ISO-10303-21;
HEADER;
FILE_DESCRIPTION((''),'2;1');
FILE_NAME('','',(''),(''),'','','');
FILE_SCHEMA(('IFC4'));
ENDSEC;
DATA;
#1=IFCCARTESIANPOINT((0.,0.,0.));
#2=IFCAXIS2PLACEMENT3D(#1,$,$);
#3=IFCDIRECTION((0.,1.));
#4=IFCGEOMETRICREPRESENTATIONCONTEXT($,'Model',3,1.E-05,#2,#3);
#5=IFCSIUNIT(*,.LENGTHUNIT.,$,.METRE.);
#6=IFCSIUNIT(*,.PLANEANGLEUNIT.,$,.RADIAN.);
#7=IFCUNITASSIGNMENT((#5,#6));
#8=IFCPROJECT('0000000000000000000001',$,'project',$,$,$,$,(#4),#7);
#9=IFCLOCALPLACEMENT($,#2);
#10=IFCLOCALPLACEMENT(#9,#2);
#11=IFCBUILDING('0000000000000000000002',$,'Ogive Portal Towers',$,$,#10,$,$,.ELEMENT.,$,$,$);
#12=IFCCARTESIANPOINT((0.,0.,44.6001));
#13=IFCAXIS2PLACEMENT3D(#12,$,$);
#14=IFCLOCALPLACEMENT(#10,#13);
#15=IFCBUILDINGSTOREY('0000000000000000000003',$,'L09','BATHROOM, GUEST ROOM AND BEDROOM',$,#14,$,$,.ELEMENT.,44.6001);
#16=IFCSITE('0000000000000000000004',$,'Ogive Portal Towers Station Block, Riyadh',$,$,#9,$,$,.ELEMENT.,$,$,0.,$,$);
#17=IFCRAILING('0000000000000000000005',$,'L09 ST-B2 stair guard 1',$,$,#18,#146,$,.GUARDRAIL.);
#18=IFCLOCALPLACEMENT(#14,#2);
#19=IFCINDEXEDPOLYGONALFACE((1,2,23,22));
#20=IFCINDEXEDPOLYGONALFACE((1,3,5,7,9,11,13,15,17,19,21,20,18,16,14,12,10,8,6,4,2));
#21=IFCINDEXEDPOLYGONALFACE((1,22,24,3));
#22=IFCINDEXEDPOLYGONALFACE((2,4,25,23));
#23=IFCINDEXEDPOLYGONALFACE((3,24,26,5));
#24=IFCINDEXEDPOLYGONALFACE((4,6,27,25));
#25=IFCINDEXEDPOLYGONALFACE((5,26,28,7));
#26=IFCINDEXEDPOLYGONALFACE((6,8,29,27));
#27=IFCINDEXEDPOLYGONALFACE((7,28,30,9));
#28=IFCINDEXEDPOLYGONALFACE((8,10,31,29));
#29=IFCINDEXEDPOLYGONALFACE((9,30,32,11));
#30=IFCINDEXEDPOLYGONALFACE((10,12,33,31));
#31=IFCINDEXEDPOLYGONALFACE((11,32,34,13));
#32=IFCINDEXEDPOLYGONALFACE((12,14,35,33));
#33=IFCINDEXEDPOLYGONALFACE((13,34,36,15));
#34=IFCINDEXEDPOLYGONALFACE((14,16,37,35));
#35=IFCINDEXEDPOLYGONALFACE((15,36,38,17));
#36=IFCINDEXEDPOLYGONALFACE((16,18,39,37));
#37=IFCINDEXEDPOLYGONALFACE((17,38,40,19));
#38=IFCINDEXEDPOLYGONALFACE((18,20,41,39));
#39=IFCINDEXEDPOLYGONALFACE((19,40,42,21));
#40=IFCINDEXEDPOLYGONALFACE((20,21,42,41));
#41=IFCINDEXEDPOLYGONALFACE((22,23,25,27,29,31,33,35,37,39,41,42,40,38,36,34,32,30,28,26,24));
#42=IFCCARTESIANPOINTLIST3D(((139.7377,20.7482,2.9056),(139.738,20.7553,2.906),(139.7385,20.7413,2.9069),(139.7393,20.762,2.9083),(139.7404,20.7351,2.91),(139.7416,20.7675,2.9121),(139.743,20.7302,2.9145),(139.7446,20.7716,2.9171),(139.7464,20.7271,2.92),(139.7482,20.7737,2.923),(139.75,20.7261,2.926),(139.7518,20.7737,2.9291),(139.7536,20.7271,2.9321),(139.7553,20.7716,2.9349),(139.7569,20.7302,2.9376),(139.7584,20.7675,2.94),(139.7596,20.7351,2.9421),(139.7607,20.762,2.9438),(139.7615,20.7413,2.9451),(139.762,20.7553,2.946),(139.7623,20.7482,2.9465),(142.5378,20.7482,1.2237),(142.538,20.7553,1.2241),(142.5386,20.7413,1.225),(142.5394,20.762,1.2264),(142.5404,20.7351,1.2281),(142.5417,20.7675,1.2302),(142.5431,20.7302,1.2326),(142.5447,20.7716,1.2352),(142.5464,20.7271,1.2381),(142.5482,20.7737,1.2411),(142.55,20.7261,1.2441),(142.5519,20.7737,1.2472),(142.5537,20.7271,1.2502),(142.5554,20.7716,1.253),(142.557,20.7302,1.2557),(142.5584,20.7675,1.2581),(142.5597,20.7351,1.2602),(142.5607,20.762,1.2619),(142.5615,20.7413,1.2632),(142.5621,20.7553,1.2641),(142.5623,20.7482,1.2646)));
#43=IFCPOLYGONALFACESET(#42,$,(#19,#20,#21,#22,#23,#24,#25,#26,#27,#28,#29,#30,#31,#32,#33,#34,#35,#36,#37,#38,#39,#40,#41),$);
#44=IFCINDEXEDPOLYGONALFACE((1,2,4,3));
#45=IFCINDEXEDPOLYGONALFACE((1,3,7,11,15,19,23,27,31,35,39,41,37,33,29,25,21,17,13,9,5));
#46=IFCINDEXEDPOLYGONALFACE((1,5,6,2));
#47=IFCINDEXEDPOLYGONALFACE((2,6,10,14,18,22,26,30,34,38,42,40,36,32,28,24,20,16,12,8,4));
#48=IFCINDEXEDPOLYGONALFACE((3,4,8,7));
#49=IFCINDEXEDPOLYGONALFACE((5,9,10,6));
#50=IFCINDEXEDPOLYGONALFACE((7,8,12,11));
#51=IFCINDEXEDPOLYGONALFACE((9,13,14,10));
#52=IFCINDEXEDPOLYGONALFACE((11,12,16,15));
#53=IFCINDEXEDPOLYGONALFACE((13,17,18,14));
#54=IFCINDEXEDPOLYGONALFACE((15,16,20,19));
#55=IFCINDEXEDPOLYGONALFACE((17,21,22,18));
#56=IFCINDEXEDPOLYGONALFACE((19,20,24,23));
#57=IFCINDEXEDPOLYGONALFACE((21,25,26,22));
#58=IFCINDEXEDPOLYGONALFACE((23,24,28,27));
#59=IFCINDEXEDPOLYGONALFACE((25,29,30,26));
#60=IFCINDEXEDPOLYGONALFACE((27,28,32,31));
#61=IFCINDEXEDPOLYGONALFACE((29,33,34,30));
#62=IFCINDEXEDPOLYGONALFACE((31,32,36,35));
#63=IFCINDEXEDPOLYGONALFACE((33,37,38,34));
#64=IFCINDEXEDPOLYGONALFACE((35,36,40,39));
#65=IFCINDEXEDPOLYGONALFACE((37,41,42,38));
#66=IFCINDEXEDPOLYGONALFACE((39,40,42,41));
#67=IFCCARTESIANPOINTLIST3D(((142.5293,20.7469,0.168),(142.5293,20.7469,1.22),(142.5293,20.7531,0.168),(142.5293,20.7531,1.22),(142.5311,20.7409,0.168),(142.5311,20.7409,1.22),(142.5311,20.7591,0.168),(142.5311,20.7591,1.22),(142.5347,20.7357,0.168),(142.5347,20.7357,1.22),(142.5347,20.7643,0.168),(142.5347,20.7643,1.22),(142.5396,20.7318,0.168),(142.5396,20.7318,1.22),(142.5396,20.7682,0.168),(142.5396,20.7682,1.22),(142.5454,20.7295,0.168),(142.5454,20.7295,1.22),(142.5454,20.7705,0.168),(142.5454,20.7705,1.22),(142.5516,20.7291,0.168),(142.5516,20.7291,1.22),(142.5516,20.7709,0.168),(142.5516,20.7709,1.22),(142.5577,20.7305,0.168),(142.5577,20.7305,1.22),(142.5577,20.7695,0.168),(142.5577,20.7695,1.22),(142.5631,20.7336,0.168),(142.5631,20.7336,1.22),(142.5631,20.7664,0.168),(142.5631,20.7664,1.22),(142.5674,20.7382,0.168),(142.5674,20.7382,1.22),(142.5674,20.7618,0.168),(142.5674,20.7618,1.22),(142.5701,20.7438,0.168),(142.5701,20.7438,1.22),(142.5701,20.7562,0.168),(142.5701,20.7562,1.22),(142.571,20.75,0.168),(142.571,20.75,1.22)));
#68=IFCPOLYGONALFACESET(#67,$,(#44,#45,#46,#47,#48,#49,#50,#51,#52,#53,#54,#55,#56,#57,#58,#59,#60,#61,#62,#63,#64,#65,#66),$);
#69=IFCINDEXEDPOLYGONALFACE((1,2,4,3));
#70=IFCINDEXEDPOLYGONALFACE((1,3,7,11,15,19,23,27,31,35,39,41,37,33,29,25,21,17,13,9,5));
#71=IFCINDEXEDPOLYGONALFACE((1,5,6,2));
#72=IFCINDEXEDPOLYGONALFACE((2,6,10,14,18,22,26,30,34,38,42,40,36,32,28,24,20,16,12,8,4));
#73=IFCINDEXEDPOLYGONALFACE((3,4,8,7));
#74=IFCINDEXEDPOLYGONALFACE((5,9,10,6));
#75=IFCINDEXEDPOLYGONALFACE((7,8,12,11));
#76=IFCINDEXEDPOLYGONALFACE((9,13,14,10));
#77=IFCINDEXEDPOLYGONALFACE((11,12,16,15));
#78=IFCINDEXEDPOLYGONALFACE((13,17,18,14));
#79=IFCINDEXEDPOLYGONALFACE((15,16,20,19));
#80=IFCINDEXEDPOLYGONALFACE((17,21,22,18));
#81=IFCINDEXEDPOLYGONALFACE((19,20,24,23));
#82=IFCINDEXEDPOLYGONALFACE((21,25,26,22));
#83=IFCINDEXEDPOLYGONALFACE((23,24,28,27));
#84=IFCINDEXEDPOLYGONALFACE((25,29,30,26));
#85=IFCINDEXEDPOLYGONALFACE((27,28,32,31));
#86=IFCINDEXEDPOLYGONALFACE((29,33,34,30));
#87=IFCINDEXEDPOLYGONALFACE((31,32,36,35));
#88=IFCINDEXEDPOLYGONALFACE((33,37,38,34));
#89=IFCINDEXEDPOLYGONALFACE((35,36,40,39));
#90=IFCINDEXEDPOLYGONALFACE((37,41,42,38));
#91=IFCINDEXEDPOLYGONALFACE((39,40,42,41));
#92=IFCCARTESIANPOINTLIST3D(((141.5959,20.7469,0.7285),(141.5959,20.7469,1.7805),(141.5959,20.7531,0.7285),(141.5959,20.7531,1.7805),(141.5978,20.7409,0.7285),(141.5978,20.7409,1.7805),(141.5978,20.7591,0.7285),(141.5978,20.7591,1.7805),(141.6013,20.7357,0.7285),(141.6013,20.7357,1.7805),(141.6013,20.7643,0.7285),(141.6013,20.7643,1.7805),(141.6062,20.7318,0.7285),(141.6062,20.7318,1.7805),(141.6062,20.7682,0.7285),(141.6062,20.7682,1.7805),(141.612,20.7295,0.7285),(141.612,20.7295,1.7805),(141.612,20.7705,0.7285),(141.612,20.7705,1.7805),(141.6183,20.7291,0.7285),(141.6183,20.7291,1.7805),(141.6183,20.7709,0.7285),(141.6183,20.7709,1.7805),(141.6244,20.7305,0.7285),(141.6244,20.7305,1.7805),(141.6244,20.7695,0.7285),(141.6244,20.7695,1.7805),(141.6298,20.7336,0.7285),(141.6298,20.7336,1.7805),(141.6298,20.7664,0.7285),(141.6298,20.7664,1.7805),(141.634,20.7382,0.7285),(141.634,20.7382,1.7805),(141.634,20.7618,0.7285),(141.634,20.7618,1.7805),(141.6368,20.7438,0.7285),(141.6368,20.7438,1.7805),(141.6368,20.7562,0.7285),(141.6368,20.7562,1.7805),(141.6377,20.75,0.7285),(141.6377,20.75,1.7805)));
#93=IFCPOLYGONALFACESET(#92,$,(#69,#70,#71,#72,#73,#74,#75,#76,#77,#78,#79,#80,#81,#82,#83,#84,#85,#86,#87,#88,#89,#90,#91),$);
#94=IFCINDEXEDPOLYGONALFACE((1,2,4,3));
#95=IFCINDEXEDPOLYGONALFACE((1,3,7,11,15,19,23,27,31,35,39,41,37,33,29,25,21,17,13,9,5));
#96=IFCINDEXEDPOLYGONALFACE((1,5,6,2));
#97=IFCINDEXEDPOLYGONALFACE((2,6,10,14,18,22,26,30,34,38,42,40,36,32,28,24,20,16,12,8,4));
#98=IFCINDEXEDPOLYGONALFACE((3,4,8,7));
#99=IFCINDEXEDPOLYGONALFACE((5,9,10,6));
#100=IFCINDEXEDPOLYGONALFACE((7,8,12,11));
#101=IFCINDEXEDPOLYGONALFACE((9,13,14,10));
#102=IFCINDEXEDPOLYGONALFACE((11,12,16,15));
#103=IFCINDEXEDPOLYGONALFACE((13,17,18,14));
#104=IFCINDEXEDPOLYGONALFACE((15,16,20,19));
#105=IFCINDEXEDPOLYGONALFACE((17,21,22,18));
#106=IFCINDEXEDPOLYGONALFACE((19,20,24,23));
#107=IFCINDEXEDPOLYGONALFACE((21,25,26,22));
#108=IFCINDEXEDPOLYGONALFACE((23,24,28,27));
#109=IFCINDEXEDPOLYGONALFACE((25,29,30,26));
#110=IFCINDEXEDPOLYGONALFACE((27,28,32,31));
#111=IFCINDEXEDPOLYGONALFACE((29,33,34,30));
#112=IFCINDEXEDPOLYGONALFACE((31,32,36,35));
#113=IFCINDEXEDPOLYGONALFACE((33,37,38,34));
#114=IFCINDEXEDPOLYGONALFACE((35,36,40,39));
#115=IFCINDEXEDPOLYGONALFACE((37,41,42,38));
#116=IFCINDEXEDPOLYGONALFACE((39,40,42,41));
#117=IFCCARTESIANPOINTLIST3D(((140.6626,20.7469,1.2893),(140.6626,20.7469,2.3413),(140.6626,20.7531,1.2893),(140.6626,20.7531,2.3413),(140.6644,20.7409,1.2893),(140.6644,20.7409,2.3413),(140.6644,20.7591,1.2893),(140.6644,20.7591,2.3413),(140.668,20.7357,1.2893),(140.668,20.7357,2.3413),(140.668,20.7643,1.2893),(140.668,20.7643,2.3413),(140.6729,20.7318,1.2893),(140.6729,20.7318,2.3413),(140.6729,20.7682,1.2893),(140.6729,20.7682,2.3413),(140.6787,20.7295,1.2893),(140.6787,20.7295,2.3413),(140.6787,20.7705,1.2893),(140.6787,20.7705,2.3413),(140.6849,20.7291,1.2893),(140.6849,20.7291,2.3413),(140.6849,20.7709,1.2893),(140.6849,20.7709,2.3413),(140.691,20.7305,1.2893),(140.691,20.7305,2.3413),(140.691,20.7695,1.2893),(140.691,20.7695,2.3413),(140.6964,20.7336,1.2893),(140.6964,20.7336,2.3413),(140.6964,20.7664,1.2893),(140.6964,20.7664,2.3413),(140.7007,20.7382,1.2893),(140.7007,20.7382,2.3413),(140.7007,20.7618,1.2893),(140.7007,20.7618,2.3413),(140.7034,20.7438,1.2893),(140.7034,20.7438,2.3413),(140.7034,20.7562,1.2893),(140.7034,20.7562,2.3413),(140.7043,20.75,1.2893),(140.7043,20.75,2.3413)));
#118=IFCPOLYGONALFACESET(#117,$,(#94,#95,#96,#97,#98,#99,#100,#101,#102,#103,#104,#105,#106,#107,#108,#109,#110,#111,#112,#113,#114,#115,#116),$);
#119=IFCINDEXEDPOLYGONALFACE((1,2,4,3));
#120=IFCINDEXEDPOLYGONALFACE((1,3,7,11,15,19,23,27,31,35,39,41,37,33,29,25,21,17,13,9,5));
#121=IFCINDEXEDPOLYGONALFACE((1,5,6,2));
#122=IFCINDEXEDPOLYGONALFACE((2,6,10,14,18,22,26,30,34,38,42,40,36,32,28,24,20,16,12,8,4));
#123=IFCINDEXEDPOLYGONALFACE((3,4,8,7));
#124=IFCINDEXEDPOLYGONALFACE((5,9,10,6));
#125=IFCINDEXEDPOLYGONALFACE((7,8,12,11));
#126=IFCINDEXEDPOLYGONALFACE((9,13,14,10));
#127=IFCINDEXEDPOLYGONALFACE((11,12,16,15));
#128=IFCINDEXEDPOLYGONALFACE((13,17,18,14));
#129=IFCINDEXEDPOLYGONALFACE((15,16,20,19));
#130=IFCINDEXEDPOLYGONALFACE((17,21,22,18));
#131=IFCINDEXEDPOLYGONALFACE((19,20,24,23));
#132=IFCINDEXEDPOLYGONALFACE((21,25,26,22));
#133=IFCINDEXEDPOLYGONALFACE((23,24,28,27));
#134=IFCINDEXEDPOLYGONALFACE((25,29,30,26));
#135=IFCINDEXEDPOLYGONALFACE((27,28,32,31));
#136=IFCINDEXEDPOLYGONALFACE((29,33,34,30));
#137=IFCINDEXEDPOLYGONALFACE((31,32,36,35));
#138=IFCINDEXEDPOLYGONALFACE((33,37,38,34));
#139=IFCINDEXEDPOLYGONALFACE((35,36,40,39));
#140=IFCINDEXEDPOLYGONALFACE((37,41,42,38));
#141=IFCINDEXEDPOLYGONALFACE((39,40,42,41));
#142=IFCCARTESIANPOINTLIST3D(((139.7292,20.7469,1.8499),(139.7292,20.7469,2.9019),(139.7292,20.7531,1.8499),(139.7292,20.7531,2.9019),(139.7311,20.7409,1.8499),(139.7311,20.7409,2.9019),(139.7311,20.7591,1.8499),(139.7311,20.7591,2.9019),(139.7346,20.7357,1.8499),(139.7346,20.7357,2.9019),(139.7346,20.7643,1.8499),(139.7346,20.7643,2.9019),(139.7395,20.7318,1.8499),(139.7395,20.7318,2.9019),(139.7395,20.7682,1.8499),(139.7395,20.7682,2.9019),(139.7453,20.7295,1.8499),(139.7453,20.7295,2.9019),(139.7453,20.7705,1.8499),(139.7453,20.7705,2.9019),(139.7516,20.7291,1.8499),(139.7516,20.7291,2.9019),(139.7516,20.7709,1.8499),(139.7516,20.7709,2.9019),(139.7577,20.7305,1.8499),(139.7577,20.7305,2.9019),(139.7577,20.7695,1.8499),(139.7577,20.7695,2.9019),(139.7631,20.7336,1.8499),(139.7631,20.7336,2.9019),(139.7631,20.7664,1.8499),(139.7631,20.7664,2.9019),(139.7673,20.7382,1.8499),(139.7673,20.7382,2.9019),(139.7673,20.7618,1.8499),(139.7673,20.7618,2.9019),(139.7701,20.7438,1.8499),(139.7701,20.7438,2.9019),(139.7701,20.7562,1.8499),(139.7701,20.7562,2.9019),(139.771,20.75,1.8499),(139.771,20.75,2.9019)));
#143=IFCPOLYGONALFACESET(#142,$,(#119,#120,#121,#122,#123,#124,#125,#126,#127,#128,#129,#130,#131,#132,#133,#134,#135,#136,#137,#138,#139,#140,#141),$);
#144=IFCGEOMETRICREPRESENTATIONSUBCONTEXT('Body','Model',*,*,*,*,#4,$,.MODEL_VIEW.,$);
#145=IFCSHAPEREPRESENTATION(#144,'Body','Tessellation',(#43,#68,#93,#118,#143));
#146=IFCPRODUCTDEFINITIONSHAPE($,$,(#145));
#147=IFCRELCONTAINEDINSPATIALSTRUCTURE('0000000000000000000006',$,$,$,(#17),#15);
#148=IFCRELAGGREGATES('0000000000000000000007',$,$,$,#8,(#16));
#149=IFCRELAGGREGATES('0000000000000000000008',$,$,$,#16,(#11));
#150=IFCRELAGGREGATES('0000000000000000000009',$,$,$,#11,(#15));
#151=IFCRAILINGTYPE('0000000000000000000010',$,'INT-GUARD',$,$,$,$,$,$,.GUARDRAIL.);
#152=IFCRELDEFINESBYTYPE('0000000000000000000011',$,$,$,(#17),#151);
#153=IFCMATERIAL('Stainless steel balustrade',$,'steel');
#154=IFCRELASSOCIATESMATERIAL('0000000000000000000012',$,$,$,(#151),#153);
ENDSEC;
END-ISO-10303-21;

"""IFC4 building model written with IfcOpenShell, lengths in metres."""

from ifc_helpers import new_model, si_unit, direction, frame, origin, origin_2d, place, context, subcontext, project, spatial, circle, extrude, material, type_object, element, save


model = new_model("IFC4")

# Units and contexts
model_context = context("Model", 3, precision=1e-05, world=origin(), true_north=direction((0.0, 1.0)))
body_context = subcontext(model_context, "Body", "Model", "MODEL_VIEW")
ifc_project = project(units=[si_unit("LENGTHUNIT", "METRE"), si_unit("PLANEANGLEUNIT", "RADIAN")], contexts=[model_context])

# Site, building, storey
site_placement = place(None, origin())
site = spatial("IfcSite", under=ifc_project, at=site_placement, Name="Ogive Portal Towers Station Block, Riyadh", CompositionType="ELEMENT", RefElevation=0.0)
building_placement = place(site_placement, origin())
building = spatial("IfcBuilding", under=site, at=building_placement, Name="Ogive Portal Towers", CompositionType="ELEMENT")
storey_placement = place(building_placement, frame((0.0, 0.0, 44.6001)))
storey = spatial("IfcBuildingStorey", under=building, at=storey_placement, Name="L09", Description="BATHROOM, GUEST ROOM AND BEDROOM", CompositionType="ELEMENT", Elevation=44.6001)

# Railing
ifc_material_1 = material(Name="Stainless steel balustrade", Category="steel")
railing_type_1 = type_object("IfcRailingType", Name="INT-GUARD", PredefinedType="GUARDRAIL", material=ifc_material_1)
railing_1_placement = place(storey_placement, frame((142.55, 20.75, 0.168)))
element("IfcRailing", 1, at=railing_1_placement, inside=storey, type_object=railing_type_1, Name="L09 ST-B2 stair guard 1", PredefinedType="GUARDRAIL", context=body_context, shape_type="SweptSolid", body=[
    extrude(circle(Radius=0.0239, at=origin_2d()), frame((0.0, 0.0, 1.0762), z_axis=(-0.857242, 0.0, 0.514913), x_axis=(0.0, -1.0, 0.0)), (0.0, 0.0, 1.0), 3.2664),
    extrude(circle(Radius=0.021, at=origin_2d()), origin(), (0.0, 0.0, 1.0), 1.052),
    extrude(circle(Radius=0.021, at=origin_2d()), frame((-0.9333, 0.0, 0.5605)), (0.0, 0.0, 1.0), 1.052),
    extrude(circle(Radius=0.021, at=origin_2d()), frame((-1.8667, 0.0, 1.1213)), (0.0, 0.0, 1.0), 1.052),
    extrude(circle(Radius=0.021, at=origin_2d()), frame((-2.8, 0.0, 1.6819)), (0.0, 0.0, 1.0), 1.052),
])

save(model, "model.ifc")
